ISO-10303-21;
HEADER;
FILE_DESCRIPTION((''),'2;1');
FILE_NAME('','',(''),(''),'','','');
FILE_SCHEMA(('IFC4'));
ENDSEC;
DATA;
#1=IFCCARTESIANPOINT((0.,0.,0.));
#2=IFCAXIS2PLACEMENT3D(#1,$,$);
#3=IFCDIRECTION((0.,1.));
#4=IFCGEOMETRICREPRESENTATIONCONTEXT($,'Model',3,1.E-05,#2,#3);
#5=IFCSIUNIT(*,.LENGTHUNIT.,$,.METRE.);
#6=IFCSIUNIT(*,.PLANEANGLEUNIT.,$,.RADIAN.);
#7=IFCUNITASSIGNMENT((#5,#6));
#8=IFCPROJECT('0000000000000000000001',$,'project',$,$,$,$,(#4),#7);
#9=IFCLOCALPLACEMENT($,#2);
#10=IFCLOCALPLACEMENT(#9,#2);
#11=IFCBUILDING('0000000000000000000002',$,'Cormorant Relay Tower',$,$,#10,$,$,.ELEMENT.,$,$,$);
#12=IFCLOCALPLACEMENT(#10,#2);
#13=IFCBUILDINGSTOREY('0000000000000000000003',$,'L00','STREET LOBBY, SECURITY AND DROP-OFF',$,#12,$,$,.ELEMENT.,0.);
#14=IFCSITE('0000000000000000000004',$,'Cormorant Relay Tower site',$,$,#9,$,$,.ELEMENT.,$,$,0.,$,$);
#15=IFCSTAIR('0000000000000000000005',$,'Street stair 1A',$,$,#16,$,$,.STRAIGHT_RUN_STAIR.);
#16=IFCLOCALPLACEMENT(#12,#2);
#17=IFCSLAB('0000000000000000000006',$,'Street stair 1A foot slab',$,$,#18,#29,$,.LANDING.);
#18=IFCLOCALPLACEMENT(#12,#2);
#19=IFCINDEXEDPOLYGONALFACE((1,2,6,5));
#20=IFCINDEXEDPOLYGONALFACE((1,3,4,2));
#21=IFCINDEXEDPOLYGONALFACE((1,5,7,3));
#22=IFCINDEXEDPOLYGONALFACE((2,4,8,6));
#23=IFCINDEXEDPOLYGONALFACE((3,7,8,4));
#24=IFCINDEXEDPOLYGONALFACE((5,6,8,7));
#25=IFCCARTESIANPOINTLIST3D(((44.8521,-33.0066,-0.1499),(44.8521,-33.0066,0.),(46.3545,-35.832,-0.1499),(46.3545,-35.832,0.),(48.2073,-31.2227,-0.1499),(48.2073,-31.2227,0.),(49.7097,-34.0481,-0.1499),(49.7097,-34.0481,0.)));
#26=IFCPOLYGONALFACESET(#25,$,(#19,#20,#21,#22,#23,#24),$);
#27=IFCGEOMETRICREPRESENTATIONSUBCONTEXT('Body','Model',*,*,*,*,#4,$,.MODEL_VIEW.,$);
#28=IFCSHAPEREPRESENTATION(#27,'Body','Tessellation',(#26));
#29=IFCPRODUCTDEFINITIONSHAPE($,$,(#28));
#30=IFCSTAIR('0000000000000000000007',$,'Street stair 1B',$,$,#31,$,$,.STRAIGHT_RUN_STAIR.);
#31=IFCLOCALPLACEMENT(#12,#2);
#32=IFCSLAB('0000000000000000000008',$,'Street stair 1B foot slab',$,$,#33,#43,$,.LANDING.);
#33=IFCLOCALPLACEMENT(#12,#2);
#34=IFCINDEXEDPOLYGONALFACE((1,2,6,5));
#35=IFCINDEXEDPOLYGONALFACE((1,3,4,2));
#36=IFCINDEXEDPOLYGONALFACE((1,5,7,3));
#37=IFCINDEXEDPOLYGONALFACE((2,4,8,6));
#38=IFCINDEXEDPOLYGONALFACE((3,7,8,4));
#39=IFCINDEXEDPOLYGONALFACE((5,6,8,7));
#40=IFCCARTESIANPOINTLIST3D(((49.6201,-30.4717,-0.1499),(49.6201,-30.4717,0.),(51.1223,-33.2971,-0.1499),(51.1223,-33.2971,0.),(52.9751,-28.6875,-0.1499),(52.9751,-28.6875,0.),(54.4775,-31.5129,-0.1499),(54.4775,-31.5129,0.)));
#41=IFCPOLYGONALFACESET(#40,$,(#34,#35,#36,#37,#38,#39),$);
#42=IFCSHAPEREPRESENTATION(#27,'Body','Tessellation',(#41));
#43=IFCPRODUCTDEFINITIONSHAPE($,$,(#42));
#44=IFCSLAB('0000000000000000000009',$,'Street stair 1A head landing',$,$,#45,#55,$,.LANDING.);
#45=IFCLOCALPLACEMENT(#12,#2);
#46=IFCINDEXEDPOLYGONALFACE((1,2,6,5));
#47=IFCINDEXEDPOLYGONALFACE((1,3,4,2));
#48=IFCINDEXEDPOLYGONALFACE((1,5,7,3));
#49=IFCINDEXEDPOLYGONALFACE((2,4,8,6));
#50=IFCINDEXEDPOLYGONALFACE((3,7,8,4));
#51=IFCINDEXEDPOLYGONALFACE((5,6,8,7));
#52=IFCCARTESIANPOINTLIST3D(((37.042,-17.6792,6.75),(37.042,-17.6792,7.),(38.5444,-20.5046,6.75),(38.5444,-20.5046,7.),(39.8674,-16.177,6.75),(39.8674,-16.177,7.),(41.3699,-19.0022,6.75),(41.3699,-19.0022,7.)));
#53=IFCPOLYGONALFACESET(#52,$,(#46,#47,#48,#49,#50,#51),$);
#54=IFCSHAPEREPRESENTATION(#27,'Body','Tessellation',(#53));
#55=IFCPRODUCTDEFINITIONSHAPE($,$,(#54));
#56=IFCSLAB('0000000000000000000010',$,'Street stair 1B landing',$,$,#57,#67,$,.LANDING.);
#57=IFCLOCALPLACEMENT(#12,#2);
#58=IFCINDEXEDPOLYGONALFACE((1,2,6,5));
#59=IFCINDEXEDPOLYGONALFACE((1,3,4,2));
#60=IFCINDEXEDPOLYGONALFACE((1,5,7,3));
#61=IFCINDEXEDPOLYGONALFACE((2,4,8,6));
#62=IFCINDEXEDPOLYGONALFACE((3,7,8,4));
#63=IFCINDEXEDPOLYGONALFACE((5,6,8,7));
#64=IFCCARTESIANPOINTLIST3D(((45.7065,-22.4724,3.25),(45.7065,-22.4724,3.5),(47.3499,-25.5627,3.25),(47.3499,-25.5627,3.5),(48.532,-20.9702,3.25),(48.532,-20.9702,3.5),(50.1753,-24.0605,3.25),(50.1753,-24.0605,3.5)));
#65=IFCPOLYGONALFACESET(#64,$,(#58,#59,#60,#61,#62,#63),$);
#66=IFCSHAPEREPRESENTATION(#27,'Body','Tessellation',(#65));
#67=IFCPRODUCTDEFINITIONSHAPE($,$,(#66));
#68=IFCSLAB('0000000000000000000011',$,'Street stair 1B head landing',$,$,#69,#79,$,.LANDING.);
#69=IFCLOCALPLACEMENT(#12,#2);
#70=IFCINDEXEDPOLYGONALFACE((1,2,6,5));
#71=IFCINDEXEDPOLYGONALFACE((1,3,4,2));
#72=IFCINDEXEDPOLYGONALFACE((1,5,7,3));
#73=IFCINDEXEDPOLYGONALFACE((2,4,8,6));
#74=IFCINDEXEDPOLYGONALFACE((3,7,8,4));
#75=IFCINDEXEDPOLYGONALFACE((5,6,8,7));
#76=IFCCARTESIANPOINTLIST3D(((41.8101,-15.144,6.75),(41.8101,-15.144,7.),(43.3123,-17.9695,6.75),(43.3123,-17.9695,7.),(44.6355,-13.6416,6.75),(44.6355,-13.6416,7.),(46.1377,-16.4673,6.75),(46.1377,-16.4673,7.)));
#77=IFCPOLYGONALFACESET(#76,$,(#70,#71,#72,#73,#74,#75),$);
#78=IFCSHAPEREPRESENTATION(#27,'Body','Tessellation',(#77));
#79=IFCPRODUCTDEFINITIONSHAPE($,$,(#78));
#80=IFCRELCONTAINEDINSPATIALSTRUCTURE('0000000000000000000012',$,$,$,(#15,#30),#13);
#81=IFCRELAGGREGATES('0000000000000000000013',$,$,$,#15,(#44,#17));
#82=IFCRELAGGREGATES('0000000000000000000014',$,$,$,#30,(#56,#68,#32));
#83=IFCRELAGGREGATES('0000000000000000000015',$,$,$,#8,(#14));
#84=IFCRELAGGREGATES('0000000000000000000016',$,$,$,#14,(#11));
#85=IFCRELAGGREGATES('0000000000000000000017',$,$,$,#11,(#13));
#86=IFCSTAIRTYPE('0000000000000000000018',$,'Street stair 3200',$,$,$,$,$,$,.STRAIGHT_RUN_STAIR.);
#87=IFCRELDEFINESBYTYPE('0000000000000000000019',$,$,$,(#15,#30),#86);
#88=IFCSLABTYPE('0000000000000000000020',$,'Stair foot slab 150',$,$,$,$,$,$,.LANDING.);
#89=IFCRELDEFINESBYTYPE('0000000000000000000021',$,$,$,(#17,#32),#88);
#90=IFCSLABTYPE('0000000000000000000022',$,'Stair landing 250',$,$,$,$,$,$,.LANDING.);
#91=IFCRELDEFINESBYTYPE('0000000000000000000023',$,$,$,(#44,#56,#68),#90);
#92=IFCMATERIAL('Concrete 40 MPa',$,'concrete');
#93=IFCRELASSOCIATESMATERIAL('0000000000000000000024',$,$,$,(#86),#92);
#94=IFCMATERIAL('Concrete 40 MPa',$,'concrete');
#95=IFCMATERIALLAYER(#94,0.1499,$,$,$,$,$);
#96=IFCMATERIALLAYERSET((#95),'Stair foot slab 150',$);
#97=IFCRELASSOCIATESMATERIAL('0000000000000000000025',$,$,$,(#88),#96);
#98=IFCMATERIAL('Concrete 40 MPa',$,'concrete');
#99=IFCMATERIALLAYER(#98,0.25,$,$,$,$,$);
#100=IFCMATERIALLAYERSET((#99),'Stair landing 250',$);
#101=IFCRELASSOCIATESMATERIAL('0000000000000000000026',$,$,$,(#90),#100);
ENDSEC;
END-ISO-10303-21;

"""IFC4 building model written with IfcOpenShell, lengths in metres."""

from ifc_helpers import new_model, si_unit, direction, frame, origin, place, context, subcontext, project, spatial, polyline, outline, extrude, material, layer, layer_set, type_object, element, aggregate, save


model = new_model("IFC4")

# Units and contexts
model_context = context("Model", 3, precision=1e-05, world=origin(), true_north=direction((0.0, 1.0)))
body_context = subcontext(model_context, "Body", "Model", "MODEL_VIEW")
ifc_project = project(units=[si_unit("LENGTHUNIT", "METRE"), si_unit("PLANEANGLEUNIT", "RADIAN")], contexts=[model_context])

# Site, building, storey
site_placement = place(None, origin())
site = spatial("IfcSite", under=ifc_project, at=site_placement, Name="Cormorant Relay Tower site", CompositionType="ELEMENT", RefElevation=0.0)
building_placement = place(site_placement, origin())
building = spatial("IfcBuilding", under=site, at=building_placement, Name="Cormorant Relay Tower", CompositionType="ELEMENT")
storey_placement = place(building_placement, origin())
storey = spatial("IfcBuildingStorey", under=building, at=storey_placement, Name="L00", Description="STREET LOBBY, SECURITY AND DROP-OFF", CompositionType="ELEMENT", Elevation=0.0)

# Stairs, slabs
ifc_material_1 = material(Name="Concrete 40 MPa", Category="concrete")
stair_type = type_object("IfcStairType", Name="Street stair 3200", PredefinedType="STRAIGHT_RUN_STAIR", material=ifc_material_1)
stair_1_placement = place(storey_placement, origin())
stair_1 = element("IfcStair", 1, at=stair_1_placement, inside=storey, type_object=stair_type, Name="Street stair 1A", PredefinedType="STRAIGHT_RUN_STAIR")
ifc_material_2 = material(Name="Concrete 40 MPa", Category="concrete")
ifc_layer_1 = layer(ifc_material_2, 0.1499)
ifc_layer_set_1 = layer_set([ifc_layer_1], Name="Stair foot slab 150")
slab_type_1 = type_object("IfcSlabType", Name="Stair foot slab 150", PredefinedType="LANDING", material=ifc_layer_set_1)
slab_1_placement = place(storey_placement, frame((0.0, 0.0, -0.1499)))
slab_1 = element("IfcSlab", 2, at=slab_1_placement, type_object=slab_type_1, Name="Street stair 1A foot slab", PredefinedType="LANDING", context=body_context, shape_type="SweptSolid", body=[
    extrude(outline(polyline([(44.8521, -33.0066), (46.3545, -35.832), (49.7097, -34.0481), (48.2073, -31.2227), (44.8521, -33.0066)])), origin(), (0.0, 0.0, 1.0), 0.1499),
])
stair_2_placement = place(storey_placement, origin())
stair_2 = element("IfcStair", 3, at=stair_2_placement, inside=storey, type_object=stair_type, Name="Street stair 1B", PredefinedType="STRAIGHT_RUN_STAIR")
slab_2_placement = place(storey_placement, frame((0.0, 0.0, -0.1499)))
slab_2 = element("IfcSlab", 4, at=slab_2_placement, type_object=slab_type_1, Name="Street stair 1B foot slab", PredefinedType="LANDING", context=body_context, shape_type="SweptSolid", body=[
    extrude(outline(polyline([(49.6201, -30.4717), (51.1223, -33.2971), (54.4775, -31.5129), (52.9751, -28.6875), (49.6201, -30.4717)])), origin(), (0.0, 0.0, 1.0), 0.1499),
])

# Slabs
ifc_material_3 = material(Name="Concrete 40 MPa", Category="concrete")
ifc_layer_2 = layer(ifc_material_3, 0.25)
ifc_layer_set_2 = layer_set([ifc_layer_2], Name="Stair landing 250")
slab_type_2 = type_object("IfcSlabType", Name="Stair landing 250", PredefinedType="LANDING", material=ifc_layer_set_2)
slab_3_placement = place(storey_placement, frame((0.0, 0.0, 6.75)))
slab_3 = element("IfcSlab", 5, at=slab_3_placement, type_object=slab_type_2, Name="Street stair 1A head landing", PredefinedType="LANDING", context=body_context, shape_type="SweptSolid", body=[
    extrude(outline(polyline([(37.042, -17.6792), (38.5444, -20.5046), (41.3699, -19.0022), (39.8674, -16.177), (37.042, -17.6792)])), origin(), (0.0, 0.0, 1.0), 0.25),
])
aggregate(stair_1, [slab_3, slab_1])
slab_4_placement = place(storey_placement, frame((0.0, 0.0, 3.25)))
slab_4 = element("IfcSlab", 6, at=slab_4_placement, type_object=slab_type_2, Name="Street stair 1B landing", PredefinedType="LANDING", context=body_context, shape_type="SweptSolid", body=[
    extrude(outline(polyline([(45.7065, -22.4724), (47.3499, -25.5627), (50.1753, -24.0605), (48.532, -20.9702), (45.7065, -22.4724)])), origin(), (0.0, 0.0, 1.0), 0.25),
])
slab_5_placement = place(storey_placement, frame((0.0, 0.0, 6.75)))
slab_5 = element("IfcSlab", 7, at=slab_5_placement, type_object=slab_type_2, Name="Street stair 1B head landing", PredefinedType="LANDING", context=body_context, shape_type="SweptSolid", body=[
    extrude(outline(polyline([(41.8101, -15.144), (43.3123, -17.9695), (46.1377, -16.4673), (44.6355, -13.6416), (41.8101, -15.144)])), origin(), (0.0, 0.0, 1.0), 0.25),
])
aggregate(stair_2, [slab_4, slab_5, slab_2])

save(model, "model.ifc")
